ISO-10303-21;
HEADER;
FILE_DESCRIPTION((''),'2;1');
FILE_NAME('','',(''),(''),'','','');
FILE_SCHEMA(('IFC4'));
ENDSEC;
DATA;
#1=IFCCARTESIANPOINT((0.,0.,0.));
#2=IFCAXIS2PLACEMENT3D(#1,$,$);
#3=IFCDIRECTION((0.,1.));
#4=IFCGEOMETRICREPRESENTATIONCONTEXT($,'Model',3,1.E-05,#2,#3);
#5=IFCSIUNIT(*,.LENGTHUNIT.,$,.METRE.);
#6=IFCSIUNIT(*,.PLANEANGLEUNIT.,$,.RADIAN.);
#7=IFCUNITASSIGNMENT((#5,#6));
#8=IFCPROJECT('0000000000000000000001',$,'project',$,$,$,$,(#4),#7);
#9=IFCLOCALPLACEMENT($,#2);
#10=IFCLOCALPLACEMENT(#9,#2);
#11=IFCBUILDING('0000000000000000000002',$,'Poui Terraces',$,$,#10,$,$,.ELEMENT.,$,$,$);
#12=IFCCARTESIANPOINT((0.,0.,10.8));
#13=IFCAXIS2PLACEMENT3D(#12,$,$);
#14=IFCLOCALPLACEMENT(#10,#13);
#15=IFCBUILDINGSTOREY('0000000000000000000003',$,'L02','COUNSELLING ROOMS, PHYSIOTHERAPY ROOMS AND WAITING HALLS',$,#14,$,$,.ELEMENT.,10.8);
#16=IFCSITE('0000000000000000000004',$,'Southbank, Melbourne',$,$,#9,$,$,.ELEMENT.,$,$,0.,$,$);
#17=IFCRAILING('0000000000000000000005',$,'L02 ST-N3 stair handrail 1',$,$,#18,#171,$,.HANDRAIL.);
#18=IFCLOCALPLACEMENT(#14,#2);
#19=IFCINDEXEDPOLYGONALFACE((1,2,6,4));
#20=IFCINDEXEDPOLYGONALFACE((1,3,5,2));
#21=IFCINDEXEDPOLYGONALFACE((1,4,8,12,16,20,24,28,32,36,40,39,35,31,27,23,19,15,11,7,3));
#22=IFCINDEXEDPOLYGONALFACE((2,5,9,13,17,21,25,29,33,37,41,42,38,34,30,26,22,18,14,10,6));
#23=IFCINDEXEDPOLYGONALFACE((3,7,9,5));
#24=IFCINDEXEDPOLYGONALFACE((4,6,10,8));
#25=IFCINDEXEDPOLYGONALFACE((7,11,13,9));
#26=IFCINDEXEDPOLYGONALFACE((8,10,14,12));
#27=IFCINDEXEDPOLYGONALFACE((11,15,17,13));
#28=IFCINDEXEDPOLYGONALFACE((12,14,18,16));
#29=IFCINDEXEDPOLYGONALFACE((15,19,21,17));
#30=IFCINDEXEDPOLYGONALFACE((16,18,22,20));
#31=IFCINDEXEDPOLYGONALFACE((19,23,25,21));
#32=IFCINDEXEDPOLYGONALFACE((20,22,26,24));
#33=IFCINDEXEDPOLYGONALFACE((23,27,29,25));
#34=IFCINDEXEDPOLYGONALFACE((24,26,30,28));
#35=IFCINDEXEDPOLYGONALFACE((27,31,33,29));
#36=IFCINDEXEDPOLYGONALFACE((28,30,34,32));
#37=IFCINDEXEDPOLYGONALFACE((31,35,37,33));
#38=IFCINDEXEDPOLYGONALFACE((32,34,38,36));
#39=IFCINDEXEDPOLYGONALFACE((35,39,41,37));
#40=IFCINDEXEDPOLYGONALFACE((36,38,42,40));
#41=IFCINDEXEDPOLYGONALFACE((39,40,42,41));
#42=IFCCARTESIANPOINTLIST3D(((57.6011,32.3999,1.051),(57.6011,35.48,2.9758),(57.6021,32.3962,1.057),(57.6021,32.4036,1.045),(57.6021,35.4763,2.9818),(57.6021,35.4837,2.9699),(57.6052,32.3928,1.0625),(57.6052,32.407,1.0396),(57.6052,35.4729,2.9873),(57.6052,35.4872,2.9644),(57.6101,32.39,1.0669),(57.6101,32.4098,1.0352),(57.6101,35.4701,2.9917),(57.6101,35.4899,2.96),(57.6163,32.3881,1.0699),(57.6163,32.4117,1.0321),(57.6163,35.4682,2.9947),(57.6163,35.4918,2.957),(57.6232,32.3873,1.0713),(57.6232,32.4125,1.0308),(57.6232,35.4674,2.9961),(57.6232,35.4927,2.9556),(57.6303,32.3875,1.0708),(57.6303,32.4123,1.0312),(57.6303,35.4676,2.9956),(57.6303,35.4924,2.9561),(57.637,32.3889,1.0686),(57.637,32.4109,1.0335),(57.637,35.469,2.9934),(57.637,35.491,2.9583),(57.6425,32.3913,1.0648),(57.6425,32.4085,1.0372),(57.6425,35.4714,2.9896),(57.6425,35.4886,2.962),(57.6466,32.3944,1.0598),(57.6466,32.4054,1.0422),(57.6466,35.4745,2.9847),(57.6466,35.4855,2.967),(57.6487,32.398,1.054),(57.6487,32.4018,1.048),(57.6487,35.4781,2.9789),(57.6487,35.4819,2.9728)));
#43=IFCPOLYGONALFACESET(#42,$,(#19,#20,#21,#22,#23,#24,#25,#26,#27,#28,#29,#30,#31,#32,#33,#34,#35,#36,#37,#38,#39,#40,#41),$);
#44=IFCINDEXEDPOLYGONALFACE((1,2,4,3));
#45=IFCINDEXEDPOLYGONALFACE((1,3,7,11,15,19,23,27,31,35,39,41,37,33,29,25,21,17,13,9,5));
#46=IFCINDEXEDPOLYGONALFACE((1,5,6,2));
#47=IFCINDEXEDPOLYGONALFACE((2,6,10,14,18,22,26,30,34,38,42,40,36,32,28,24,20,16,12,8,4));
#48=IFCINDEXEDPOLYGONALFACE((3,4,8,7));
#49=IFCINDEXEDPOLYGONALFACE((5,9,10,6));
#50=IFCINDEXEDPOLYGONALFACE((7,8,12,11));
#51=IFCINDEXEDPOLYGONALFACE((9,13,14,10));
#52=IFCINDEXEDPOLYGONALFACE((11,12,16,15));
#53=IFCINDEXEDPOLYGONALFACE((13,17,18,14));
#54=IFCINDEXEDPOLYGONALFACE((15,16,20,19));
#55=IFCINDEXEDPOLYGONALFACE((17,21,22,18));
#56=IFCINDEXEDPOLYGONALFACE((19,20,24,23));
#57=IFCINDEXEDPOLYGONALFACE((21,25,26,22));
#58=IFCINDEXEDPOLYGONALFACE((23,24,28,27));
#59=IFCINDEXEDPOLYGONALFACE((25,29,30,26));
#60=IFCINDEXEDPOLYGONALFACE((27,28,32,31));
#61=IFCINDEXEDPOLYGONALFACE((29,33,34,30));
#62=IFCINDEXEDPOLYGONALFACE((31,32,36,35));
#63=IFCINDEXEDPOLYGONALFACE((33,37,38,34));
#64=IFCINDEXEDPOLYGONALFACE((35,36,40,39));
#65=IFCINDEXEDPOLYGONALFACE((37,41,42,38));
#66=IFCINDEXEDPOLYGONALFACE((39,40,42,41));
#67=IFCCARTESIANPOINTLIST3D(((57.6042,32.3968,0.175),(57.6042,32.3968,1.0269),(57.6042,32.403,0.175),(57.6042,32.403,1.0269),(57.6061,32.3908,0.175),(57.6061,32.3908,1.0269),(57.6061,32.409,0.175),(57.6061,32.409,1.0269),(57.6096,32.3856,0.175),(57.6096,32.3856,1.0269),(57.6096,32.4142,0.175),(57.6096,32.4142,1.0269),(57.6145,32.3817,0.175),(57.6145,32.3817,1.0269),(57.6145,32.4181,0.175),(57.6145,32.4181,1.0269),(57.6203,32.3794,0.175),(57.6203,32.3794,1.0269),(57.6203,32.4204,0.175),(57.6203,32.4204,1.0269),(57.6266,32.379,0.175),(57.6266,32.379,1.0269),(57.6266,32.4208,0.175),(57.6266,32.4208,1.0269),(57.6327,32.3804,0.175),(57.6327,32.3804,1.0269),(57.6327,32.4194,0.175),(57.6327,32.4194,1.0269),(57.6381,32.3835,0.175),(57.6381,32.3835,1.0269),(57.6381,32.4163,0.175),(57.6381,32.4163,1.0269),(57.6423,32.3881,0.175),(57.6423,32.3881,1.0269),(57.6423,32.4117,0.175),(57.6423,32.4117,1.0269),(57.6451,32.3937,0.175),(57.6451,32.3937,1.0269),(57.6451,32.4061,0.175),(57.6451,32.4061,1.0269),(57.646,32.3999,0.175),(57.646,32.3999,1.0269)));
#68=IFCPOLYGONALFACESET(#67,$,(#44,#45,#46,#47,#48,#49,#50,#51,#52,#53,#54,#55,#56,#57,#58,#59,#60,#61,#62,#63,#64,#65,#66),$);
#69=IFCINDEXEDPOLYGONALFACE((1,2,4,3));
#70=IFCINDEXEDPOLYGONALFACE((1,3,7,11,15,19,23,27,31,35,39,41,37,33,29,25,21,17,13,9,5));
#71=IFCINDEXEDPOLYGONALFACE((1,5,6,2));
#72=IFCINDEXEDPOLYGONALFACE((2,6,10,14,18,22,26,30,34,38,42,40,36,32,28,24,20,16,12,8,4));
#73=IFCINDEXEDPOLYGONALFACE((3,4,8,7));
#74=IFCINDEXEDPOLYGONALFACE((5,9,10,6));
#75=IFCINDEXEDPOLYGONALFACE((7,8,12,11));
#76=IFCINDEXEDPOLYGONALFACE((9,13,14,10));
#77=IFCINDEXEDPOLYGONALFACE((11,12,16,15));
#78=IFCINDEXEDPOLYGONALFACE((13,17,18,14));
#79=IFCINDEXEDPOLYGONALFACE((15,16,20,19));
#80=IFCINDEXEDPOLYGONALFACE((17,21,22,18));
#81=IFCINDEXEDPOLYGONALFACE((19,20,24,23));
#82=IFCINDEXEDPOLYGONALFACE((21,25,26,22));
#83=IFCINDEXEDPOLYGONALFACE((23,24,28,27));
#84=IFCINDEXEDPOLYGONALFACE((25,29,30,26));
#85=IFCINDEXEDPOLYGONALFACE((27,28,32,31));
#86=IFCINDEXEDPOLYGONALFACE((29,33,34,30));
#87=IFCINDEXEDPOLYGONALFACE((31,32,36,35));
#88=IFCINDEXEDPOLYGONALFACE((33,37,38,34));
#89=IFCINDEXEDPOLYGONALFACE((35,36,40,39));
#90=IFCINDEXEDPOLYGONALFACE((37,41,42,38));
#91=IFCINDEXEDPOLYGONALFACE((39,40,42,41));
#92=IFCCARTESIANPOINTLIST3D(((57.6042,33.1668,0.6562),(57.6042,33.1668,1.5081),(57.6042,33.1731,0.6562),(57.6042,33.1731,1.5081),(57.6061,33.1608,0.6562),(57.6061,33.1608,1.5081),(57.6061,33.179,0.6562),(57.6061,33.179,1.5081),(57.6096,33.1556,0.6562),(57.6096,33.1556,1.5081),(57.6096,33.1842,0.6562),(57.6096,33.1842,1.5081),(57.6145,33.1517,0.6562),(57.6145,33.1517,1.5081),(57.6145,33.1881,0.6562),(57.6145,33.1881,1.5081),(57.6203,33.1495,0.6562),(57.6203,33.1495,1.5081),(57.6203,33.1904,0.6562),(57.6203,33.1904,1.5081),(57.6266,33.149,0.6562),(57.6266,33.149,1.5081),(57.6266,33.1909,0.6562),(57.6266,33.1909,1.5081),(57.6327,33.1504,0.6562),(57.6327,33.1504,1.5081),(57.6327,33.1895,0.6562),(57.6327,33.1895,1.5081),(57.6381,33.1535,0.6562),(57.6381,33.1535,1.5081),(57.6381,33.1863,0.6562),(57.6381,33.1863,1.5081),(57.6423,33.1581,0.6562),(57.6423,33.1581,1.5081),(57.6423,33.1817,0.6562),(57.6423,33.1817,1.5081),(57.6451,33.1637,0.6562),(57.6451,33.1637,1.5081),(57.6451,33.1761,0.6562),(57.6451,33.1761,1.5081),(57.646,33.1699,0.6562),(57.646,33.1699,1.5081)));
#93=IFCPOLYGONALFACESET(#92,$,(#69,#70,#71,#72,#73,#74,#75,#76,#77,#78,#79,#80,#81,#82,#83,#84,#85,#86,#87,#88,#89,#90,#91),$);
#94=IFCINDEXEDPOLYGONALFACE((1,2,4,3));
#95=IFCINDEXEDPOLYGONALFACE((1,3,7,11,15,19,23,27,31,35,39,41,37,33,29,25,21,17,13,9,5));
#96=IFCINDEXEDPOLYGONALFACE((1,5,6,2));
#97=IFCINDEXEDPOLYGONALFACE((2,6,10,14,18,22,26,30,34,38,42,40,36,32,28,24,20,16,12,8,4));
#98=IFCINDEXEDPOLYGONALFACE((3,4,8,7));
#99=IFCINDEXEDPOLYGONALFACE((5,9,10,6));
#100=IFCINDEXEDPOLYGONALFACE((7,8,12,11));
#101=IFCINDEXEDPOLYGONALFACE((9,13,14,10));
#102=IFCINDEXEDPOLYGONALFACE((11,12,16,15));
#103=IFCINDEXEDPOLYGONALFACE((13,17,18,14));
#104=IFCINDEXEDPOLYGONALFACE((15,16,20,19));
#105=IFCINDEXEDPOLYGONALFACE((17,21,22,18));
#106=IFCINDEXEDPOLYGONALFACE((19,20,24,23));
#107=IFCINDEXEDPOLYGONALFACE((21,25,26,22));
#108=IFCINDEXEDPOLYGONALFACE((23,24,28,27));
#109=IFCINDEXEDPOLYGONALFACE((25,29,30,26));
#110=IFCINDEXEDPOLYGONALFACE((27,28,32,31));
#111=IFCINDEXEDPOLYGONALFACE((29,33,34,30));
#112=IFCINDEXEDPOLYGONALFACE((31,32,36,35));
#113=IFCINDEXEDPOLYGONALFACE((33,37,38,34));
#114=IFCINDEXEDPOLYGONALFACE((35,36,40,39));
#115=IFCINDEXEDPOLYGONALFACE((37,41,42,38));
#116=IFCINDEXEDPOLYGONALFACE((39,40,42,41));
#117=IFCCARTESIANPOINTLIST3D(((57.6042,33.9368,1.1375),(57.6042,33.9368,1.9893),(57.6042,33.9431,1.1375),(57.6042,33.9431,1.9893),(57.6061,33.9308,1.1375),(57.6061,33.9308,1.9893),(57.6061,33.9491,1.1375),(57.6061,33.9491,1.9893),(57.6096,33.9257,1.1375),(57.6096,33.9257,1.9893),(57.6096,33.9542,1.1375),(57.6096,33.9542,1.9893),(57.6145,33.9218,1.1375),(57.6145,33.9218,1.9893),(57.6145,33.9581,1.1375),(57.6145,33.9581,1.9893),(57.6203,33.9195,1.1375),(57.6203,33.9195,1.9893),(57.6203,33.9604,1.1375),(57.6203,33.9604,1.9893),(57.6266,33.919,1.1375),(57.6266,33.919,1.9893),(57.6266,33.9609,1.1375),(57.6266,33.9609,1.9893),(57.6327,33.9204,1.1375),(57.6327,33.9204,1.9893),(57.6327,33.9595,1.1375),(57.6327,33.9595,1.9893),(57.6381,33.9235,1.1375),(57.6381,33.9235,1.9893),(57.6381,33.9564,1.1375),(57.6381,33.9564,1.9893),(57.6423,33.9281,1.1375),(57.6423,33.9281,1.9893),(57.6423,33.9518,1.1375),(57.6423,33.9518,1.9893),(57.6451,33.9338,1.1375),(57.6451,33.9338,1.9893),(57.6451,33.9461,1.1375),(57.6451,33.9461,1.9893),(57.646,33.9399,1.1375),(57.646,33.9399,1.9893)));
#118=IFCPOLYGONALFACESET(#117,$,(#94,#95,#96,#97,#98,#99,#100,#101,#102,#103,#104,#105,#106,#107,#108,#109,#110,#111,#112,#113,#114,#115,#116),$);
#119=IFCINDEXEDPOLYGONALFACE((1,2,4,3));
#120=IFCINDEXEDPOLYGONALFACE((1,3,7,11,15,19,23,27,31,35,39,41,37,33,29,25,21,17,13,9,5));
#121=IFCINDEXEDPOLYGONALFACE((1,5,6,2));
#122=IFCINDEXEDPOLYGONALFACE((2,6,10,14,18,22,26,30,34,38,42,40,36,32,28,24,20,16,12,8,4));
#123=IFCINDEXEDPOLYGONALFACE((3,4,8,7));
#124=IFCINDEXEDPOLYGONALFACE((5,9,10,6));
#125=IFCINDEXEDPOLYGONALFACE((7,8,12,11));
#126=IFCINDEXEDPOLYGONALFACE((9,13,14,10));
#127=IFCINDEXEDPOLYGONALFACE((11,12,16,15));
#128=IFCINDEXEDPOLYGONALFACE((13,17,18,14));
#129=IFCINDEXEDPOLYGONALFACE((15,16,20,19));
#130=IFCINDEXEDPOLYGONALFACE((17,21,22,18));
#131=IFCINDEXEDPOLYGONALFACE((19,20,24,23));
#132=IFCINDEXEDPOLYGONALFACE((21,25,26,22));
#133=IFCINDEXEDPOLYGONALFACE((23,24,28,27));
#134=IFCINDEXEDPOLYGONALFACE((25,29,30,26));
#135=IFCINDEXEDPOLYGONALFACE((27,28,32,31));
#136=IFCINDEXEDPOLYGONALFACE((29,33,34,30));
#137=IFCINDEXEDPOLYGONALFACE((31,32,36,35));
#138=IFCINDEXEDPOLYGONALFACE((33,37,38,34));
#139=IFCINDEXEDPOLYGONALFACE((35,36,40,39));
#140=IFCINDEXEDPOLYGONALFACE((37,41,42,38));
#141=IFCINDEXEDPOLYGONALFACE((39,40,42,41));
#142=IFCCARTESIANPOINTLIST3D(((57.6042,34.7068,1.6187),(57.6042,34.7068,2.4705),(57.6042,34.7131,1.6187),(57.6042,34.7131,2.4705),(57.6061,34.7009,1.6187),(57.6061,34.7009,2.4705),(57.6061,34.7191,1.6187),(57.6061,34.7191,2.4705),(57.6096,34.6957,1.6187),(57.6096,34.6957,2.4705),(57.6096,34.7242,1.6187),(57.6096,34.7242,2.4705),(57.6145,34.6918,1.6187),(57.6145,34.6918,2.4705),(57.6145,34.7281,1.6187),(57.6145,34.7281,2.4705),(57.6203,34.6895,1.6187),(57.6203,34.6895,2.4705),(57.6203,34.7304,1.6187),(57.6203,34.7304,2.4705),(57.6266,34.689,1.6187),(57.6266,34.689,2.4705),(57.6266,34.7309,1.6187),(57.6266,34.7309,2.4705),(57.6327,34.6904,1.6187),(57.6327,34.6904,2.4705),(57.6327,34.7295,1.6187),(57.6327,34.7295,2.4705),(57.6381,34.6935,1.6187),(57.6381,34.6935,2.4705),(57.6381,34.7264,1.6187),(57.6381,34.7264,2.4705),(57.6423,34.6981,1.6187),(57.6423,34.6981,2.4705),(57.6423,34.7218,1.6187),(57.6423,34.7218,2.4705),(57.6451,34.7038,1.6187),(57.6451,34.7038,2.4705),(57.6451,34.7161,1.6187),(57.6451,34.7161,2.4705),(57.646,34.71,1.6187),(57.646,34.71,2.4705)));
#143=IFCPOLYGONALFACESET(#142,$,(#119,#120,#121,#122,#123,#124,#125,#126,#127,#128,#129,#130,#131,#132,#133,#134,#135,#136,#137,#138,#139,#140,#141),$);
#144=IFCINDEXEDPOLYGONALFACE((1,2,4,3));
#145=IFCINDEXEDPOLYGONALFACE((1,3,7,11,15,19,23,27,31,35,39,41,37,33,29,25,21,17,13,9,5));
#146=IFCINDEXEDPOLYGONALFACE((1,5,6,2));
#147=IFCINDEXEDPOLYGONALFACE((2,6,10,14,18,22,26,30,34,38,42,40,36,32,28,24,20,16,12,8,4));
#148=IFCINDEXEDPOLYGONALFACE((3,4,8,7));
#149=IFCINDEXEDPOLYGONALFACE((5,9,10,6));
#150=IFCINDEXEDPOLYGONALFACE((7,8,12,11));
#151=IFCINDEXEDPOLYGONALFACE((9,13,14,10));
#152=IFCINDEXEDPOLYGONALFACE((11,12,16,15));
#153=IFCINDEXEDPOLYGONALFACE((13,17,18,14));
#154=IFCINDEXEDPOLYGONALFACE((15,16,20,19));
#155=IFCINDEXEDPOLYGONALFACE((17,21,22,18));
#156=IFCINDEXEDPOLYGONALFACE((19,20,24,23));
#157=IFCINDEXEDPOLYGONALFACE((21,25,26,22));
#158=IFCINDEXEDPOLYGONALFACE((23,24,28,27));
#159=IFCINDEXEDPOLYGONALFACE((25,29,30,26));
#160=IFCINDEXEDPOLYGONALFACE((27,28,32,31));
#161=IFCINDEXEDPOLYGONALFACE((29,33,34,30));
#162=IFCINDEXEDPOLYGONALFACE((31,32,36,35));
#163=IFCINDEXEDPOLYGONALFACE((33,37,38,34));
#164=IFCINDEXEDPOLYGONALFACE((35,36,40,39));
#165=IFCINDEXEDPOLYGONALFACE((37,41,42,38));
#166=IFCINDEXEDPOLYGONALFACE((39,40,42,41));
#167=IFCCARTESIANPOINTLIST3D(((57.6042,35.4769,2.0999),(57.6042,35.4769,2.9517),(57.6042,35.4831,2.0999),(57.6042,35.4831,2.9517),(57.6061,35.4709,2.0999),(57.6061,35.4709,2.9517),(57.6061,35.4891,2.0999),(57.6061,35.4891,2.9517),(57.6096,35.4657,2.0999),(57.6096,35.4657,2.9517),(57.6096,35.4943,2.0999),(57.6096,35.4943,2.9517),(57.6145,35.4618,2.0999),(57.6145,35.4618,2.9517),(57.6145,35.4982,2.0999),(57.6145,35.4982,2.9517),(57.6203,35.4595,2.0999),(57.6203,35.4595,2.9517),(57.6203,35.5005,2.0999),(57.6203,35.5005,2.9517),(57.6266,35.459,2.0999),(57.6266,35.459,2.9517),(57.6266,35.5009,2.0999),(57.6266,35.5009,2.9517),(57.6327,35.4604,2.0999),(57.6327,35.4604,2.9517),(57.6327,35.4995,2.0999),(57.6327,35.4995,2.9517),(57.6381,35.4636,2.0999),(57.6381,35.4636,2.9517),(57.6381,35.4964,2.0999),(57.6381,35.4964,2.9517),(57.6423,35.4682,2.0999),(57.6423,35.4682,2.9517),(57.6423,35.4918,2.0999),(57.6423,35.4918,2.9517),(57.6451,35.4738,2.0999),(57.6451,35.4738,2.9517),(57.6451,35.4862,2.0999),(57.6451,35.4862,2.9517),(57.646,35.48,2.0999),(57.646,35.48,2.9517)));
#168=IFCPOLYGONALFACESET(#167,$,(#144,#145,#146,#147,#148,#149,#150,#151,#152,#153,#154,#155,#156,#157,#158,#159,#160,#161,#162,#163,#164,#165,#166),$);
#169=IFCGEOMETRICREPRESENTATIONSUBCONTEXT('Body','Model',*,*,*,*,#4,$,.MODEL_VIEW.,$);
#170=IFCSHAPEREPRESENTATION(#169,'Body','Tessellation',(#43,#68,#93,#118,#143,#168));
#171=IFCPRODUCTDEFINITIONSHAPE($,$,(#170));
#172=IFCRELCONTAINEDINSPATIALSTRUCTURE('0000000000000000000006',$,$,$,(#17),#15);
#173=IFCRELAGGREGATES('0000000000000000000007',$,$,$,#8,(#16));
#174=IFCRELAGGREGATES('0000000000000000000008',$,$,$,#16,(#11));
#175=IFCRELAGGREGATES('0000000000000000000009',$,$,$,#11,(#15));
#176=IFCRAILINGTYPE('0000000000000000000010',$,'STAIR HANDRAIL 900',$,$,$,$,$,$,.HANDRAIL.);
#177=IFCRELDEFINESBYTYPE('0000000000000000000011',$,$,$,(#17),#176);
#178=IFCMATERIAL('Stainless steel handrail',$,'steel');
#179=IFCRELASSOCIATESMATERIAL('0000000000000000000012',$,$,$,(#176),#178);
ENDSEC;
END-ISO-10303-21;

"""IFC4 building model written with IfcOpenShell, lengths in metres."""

from ifc_helpers import new_model, si_unit, direction, frame, origin, origin_2d, place, context, subcontext, project, spatial, circle, extrude, material, type_object, element, save


model = new_model("IFC4")

# Units and contexts
model_context = context("Model", 3, precision=1e-05, world=origin(), true_north=direction((0.0, 1.0)))
body_context = subcontext(model_context, "Body", "Model", "MODEL_VIEW")
ifc_project = project(units=[si_unit("LENGTHUNIT", "METRE"), si_unit("PLANEANGLEUNIT", "RADIAN")], contexts=[model_context])

# Site, building, storey
site_placement = place(None, origin())
site = spatial("IfcSite", under=ifc_project, at=site_placement, Name="Southbank, Melbourne", CompositionType="ELEMENT", RefElevation=0.0)
building_placement = place(site_placement, origin())
building = spatial("IfcBuilding", under=site, at=building_placement, Name="Poui Terraces", CompositionType="ELEMENT")
storey_placement = place(building_placement, frame((0.0, 0.0, 10.8)))
storey = spatial("IfcBuildingStorey", under=building, at=storey_placement, Name="L02", Description="COUNSELLING ROOMS, PHYSIOTHERAPY ROOMS AND WAITING HALLS", CompositionType="ELEMENT", Elevation=10.8)

# Railing
ifc_material_1 = material(Name="Stainless steel handrail", Category="steel")
railing_type_1 = type_object("IfcRailingType", Name="STAIR HANDRAIL 900", PredefinedType="HANDRAIL", material=ifc_material_1)
railing_1_placement = place(storey_placement, frame((57.625, 32.3999, 0.175)))
element("IfcRailing", 1, at=railing_1_placement, inside=storey, type_object=railing_type_1, Name="L02 ST-N3 stair handrail 1", PredefinedType="HANDRAIL", context=body_context, shape_type="SweptSolid", body=[
    extrude(circle(Radius=0.0239, at=origin_2d()), frame((0.0, 0.0, 0.876), z_axis=(0.0, 0.848029, 0.529951), x_axis=(-1.0, 0.0, 0.0)), (0.0, 0.0, 1.0), 3.6321),
    extrude(circle(Radius=0.021, at=origin_2d()), origin(), (0.0, 0.0, 1.0), 0.8518),
    extrude(circle(Radius=0.021, at=origin_2d()), frame((0.0, 0.77, 0.4812)), (0.0, 0.0, 1.0), 0.8518),
    extrude(circle(Radius=0.021, at=origin_2d()), frame((0.0, 1.54, 0.9624)), (0.0, 0.0, 1.0), 0.8518),
    extrude(circle(Radius=0.021, at=origin_2d()), frame((0.0, 2.3101, 1.4436)), (0.0, 0.0, 1.0), 0.8518),
    extrude(circle(Radius=0.021, at=origin_2d()), frame((0.0, 3.0801, 1.9248)), (0.0, 0.0, 1.0), 0.8518),
])

save(model, "model.ifc")
